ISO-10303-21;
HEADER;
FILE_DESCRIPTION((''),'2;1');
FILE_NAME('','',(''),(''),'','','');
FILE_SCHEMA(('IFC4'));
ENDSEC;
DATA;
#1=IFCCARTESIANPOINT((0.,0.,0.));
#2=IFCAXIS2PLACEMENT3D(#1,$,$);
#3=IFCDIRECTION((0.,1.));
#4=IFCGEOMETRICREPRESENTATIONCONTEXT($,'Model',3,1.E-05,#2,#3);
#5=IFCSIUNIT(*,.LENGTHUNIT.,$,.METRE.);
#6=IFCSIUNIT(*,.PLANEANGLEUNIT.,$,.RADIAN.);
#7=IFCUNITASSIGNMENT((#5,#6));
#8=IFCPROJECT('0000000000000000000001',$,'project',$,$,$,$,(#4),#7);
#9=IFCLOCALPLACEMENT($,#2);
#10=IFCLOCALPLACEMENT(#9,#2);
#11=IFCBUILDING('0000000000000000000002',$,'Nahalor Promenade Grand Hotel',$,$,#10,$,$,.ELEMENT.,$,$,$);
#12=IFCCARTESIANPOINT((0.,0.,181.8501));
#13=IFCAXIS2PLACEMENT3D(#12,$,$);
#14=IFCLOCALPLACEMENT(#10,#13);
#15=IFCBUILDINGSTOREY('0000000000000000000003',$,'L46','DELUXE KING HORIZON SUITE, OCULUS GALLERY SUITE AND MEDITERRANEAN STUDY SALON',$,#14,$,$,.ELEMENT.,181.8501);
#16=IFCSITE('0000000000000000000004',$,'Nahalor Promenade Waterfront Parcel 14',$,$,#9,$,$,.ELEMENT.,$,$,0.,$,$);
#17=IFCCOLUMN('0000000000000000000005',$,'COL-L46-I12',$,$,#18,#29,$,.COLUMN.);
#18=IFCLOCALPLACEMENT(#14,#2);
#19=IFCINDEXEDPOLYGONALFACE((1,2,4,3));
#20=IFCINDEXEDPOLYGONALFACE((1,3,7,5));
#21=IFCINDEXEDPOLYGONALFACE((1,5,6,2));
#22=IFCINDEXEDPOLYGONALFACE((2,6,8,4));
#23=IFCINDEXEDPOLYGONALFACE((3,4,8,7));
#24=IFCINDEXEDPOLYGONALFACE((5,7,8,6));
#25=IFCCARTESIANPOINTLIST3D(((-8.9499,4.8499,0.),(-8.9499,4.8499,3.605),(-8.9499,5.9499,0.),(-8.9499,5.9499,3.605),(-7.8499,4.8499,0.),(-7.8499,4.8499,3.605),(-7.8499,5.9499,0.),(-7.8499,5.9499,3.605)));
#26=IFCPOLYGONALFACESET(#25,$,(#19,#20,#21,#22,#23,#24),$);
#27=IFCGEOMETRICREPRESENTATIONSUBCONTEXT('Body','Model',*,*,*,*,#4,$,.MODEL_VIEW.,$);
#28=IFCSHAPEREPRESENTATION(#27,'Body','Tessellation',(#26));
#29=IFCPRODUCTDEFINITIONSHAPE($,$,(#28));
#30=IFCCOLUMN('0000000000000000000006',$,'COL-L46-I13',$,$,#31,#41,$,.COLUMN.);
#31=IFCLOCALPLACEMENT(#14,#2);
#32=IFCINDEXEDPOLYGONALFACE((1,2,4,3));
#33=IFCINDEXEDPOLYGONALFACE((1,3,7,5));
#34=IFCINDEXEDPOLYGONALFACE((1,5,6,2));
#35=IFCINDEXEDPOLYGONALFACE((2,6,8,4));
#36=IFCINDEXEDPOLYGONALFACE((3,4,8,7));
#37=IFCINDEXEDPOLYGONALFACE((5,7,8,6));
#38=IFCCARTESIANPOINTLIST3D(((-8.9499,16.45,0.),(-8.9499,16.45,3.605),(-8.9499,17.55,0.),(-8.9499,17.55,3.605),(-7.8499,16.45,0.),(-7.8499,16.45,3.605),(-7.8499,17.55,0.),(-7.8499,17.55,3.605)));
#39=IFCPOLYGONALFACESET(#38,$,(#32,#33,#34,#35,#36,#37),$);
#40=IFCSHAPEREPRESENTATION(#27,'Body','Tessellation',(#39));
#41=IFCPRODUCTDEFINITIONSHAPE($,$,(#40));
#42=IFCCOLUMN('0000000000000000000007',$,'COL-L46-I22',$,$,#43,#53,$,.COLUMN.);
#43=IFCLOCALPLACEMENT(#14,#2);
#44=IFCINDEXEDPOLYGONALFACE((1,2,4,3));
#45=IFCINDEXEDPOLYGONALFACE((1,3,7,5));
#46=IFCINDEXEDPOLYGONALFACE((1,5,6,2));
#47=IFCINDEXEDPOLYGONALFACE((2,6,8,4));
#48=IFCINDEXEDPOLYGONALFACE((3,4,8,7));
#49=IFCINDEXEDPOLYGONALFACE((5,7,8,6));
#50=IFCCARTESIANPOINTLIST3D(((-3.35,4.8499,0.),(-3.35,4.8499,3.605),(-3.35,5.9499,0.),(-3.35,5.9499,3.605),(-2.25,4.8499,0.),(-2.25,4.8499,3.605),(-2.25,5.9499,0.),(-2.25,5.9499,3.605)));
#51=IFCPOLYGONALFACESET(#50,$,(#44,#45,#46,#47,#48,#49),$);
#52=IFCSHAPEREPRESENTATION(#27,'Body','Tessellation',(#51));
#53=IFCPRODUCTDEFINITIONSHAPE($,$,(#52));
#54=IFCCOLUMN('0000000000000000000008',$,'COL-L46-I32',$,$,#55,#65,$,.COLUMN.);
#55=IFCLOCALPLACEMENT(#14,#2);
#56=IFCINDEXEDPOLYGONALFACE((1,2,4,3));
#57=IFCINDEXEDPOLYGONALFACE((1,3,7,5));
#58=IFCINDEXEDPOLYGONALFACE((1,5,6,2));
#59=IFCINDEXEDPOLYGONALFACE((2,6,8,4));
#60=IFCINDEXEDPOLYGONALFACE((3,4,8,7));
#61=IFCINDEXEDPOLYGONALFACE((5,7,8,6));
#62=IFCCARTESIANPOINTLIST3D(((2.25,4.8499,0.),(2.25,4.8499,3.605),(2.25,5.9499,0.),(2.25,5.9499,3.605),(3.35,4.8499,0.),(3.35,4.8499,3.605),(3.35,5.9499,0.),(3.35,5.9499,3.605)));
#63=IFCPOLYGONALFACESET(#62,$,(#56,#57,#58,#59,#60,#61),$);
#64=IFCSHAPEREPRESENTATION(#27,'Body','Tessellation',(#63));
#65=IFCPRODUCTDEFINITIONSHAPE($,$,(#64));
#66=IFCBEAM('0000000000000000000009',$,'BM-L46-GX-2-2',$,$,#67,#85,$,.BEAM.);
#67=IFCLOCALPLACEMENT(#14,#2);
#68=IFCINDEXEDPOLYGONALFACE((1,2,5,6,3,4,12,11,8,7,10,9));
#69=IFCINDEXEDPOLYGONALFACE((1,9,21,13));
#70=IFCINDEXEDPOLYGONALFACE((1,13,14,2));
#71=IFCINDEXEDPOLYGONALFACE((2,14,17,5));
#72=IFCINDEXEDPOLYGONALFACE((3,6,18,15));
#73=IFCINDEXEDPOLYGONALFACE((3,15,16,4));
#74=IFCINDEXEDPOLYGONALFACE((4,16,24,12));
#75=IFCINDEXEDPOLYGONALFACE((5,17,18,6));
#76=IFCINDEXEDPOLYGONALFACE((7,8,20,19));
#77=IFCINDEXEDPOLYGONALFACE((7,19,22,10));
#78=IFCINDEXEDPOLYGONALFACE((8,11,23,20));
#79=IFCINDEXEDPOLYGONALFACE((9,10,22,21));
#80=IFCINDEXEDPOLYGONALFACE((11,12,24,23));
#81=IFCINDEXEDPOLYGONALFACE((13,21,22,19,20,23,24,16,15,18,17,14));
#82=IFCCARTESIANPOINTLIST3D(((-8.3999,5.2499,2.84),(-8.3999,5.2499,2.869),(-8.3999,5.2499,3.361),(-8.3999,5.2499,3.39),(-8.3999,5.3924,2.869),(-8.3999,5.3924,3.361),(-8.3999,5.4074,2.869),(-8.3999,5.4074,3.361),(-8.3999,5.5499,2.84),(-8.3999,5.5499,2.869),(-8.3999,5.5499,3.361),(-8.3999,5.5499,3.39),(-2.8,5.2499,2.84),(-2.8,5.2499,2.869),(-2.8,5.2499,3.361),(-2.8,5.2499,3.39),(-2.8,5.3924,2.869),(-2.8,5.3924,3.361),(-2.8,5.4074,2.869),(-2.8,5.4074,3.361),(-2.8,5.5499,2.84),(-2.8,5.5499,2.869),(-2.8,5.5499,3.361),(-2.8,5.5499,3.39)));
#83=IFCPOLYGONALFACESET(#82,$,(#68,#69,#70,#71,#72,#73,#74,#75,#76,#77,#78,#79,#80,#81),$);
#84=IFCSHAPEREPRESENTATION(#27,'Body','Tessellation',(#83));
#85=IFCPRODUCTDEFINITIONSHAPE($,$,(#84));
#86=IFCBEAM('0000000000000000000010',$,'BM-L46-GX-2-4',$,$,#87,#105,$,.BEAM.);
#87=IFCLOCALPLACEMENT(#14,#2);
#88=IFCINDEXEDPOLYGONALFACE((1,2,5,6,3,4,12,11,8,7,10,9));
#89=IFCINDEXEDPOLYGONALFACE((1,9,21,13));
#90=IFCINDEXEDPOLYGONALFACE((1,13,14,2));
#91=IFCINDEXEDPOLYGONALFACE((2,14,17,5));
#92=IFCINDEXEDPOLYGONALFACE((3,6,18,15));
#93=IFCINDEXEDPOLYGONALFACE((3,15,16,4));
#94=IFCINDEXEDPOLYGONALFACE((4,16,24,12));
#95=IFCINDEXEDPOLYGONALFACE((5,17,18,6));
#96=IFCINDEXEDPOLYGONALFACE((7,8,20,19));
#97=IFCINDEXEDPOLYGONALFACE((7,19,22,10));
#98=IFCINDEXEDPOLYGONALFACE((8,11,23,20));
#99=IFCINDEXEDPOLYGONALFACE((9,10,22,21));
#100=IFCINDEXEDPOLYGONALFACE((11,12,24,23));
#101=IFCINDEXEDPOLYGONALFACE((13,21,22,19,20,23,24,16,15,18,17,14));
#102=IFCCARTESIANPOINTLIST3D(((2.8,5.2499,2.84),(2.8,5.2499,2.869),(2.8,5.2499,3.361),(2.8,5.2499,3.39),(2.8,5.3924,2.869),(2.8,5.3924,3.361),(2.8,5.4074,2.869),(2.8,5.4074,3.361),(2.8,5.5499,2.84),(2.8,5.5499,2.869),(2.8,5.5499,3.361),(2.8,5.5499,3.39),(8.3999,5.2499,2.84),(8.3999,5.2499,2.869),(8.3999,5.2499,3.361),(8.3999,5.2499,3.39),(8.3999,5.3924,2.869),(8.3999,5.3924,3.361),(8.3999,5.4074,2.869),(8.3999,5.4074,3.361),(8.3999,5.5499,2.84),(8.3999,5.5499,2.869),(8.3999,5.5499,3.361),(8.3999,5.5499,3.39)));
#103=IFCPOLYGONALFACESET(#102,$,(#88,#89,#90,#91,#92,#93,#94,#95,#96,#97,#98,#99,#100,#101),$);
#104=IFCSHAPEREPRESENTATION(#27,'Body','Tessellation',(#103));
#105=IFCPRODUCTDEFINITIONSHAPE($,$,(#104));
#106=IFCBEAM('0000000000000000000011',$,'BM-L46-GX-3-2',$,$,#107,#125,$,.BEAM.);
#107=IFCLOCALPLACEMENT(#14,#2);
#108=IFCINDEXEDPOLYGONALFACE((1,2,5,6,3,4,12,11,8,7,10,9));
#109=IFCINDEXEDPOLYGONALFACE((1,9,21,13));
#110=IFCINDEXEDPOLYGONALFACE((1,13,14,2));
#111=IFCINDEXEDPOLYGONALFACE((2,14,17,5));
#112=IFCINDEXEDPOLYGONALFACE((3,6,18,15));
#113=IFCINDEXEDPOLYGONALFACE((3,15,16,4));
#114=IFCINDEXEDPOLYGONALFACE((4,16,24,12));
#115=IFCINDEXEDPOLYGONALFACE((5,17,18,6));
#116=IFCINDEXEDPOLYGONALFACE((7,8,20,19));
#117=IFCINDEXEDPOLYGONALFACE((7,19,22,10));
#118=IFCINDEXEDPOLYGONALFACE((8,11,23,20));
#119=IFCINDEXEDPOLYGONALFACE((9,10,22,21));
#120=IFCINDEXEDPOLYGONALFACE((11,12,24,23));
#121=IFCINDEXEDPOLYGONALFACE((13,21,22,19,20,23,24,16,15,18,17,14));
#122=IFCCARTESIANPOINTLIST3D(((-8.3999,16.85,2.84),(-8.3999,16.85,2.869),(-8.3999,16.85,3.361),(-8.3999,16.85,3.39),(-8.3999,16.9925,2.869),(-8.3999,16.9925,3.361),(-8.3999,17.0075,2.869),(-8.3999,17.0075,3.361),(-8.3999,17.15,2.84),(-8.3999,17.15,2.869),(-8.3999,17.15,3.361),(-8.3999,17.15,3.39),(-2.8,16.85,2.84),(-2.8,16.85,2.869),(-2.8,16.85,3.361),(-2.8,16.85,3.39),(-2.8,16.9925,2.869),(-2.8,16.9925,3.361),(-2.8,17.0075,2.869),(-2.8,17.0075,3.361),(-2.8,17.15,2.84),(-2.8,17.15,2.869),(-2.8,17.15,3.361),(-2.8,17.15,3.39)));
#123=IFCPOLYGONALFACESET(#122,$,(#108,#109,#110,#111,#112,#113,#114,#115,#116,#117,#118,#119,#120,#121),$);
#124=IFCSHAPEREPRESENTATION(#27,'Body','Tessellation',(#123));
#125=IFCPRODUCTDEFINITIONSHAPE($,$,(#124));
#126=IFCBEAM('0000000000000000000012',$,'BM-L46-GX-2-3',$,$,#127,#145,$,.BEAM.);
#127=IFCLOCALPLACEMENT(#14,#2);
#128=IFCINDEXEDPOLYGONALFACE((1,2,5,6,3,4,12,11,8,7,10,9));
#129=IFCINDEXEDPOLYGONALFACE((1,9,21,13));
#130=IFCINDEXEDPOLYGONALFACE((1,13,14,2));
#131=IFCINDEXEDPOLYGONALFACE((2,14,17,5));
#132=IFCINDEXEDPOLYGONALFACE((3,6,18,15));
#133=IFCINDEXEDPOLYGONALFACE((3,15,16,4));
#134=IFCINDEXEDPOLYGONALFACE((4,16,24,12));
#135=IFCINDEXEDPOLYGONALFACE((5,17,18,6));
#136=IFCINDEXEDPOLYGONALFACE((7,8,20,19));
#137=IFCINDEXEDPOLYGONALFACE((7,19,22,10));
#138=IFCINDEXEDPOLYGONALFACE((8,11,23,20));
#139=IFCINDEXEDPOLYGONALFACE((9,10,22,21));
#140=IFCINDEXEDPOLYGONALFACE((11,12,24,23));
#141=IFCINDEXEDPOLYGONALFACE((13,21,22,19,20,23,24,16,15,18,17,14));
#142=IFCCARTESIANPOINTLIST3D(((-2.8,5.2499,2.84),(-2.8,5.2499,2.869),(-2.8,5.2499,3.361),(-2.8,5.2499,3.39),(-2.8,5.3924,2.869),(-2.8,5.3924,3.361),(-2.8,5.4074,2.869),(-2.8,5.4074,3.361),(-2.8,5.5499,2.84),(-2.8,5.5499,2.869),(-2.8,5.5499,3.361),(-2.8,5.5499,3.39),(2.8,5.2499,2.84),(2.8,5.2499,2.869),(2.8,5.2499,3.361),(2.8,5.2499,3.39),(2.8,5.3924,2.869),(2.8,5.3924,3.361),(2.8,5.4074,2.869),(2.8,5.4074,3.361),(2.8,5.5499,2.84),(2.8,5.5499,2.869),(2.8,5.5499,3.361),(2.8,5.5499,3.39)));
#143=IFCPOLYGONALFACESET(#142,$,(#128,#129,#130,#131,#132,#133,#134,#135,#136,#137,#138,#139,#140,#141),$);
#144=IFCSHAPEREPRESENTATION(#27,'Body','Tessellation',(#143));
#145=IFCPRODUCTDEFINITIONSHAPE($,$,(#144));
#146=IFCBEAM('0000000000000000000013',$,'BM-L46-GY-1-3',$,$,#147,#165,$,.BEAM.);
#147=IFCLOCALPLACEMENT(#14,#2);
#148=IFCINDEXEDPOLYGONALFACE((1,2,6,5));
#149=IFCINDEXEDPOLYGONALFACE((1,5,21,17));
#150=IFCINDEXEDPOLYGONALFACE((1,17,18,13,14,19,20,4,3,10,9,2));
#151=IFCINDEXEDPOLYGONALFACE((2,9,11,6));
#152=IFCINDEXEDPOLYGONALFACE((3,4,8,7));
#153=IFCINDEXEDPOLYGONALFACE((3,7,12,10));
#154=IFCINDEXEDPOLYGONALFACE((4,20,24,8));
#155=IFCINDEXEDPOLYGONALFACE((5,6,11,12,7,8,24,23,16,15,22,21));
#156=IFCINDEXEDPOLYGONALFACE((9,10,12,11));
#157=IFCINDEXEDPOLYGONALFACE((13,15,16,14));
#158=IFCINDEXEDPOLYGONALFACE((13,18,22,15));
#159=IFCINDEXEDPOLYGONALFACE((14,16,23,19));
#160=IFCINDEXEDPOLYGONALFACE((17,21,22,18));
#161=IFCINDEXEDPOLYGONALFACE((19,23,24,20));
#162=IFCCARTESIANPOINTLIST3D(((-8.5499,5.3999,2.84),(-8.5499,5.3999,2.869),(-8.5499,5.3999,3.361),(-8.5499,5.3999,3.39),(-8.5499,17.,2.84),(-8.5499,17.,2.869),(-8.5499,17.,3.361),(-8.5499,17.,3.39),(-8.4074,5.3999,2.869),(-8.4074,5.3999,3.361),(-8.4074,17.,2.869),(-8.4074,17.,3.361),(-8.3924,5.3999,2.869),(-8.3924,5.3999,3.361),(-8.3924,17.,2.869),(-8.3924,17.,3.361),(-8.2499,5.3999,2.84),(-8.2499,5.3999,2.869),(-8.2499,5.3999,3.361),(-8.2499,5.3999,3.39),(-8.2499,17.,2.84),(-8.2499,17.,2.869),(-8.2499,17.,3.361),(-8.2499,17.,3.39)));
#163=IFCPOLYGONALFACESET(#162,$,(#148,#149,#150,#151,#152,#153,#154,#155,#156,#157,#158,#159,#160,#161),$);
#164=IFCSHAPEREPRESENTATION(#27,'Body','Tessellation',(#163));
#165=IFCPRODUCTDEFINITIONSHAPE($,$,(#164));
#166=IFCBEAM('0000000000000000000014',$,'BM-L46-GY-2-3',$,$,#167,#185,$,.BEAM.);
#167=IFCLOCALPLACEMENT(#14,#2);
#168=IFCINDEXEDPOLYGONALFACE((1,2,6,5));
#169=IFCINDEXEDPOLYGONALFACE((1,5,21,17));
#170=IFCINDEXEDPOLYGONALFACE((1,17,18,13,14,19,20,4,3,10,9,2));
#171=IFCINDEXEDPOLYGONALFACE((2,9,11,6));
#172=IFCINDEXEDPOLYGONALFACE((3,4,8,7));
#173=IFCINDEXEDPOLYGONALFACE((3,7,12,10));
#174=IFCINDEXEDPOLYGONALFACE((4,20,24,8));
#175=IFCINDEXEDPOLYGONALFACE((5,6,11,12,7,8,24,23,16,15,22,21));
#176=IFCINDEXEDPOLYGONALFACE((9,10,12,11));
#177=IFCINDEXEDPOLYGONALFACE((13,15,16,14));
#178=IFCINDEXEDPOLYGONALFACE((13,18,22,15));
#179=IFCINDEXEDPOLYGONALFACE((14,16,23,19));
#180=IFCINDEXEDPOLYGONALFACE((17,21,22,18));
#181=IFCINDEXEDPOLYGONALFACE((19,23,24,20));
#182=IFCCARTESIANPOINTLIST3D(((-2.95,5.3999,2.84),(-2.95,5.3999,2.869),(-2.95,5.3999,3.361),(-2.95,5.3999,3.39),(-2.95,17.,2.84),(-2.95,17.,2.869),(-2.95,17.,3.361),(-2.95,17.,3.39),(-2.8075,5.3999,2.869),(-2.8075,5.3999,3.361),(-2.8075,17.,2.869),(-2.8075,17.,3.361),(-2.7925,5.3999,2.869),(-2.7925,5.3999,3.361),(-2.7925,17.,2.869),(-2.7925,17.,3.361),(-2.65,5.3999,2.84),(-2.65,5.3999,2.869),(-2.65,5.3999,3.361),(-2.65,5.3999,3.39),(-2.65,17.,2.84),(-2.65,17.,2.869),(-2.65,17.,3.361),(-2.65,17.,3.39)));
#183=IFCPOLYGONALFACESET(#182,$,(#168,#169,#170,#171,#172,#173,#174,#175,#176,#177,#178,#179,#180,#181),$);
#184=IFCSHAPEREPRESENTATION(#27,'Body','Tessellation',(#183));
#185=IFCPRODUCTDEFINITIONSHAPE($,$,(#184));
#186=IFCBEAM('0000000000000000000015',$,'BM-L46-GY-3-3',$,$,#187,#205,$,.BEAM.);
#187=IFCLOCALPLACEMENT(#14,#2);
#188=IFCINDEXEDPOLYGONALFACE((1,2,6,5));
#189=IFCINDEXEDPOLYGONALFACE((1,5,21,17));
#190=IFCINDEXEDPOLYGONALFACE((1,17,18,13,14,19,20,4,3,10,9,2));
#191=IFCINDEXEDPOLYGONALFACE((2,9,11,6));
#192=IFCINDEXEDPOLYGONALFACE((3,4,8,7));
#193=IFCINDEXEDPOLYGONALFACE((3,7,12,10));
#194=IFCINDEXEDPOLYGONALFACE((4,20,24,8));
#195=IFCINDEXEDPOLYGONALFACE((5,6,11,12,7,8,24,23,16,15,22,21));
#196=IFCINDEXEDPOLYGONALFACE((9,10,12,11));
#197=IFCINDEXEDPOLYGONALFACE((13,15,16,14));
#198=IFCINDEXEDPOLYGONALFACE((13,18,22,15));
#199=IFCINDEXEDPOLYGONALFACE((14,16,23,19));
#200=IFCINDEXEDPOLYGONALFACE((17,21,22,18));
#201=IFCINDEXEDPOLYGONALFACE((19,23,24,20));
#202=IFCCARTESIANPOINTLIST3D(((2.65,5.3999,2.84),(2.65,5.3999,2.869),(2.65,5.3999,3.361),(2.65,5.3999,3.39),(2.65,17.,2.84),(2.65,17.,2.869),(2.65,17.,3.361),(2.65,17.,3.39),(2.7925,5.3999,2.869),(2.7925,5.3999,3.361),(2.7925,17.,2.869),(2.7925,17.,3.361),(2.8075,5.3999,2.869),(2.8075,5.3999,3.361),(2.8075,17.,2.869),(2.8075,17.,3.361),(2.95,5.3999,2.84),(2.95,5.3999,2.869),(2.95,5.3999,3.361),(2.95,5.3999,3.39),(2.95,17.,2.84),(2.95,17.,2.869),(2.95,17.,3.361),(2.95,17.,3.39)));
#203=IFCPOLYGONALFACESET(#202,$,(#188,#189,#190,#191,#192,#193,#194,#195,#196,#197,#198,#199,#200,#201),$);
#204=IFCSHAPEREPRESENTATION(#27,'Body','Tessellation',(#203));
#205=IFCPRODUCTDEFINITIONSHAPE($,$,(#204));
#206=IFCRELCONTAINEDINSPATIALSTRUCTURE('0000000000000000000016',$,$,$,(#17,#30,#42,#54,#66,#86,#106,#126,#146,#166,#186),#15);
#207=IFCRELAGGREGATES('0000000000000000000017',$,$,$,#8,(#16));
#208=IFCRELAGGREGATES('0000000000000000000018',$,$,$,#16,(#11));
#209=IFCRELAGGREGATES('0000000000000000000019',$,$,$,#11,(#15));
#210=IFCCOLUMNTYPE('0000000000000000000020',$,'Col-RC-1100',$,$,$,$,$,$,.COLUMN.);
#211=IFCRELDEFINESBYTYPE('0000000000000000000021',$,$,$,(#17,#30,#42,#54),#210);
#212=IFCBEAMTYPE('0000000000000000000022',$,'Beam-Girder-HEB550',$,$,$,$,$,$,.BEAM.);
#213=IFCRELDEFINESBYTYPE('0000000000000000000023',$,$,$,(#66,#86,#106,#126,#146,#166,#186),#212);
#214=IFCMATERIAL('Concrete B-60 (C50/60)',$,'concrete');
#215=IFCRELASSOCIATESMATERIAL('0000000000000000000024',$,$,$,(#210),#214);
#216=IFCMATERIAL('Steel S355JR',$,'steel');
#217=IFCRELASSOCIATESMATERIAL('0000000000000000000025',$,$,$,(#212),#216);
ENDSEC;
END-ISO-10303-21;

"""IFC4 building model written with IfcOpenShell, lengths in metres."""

from ifc_helpers import new_model, si_unit, direction, frame, origin, origin_2d, place, context, subcontext, project, spatial, rectangle, i_section, extrude, source, transform, mapped, material, material_profile, profile_set, type_object, element, save


model = new_model("IFC4")

# Units and contexts
model_context = context("Model", 3, precision=1e-05, world=origin(), true_north=direction((0.0, 1.0)))
body_context = subcontext(model_context, "Body", "Model", "MODEL_VIEW")
ifc_project = project(units=[si_unit("LENGTHUNIT", "METRE"), si_unit("PLANEANGLEUNIT", "RADIAN")], contexts=[model_context])

# Site, building, storey
site_placement = place(None, origin())
site = spatial("IfcSite", under=ifc_project, at=site_placement, Name="Nahalor Promenade Waterfront Parcel 14", CompositionType="ELEMENT", RefElevation=0.0)
building_placement = place(site_placement, origin())
building = spatial("IfcBuilding", under=site, at=building_placement, Name="Nahalor Promenade Grand Hotel", CompositionType="ELEMENT")
storey_placement = place(building_placement, frame((0.0, 0.0, 181.8501)))
storey = spatial("IfcBuildingStorey", under=building, at=storey_placement, Name="L46", Description="DELUXE KING HORIZON SUITE, OCULUS GALLERY SUITE AND MEDITERRANEAN STUDY SALON", CompositionType="ELEMENT", Elevation=181.8501)

# Columns
ifc_material_1 = material(Name="Concrete B-60 (C50/60)", Category="concrete")
ifc_material_profile_1 = material_profile(ifc_material_1, rectangle(XDim=1.1, YDim=1.1, at=origin_2d()), Name="RC 1100x1100")
ifc_profile_set_1 = profile_set([ifc_material_profile_1], Name="Concrete B-60 (C50/60)")
column_type = type_object("IfcColumnType", Name="Col-RC-1100", PredefinedType="COLUMN", material=ifc_profile_set_1)
shared_shape_1 = source(origin(), body_context, "Body", "SweptSolid", [
    extrude(rectangle(XDim=1.1, YDim=1.1, at=origin_2d()), origin(), (0.0, 0.0, 1.0), 3.605),
])
for number, where, z_axis, x_axis, name in (
    (1, (-8.3999, 5.3999, 0.0), (0.0, 0.0, 1.0), (1.0, 0.0, 0.0), "COL-L46-I12"),
    (2, (-8.3999, 17.0, 0.0), (0.0, 0.0, 1.0), (1.0, 0.0, 0.0), "COL-L46-I13"),
    (3, (-2.8, 5.3999, 0.0), (0.0, 0.0, 1.0), (1.0, 0.0, 0.0), "COL-L46-I22"),
    (4, (2.8, 5.3999, 0.0), (0.0, 0.0, 1.0), (1.0, 0.0, 0.0), "COL-L46-I32"),
):
    element("IfcColumn", number, at=place(storey_placement, frame(where, z_axis=z_axis, x_axis=x_axis)), inside=storey, type_object=column_type, Name=name, PredefinedType="COLUMN", context=body_context, shape_type="MappedRepresentation", body=[
        mapped(shared_shape_1, transform((0.0, 0.0, 0.0), scale=1.0)),
    ])

# Beams
ifc_material_2 = material(Name="Steel S355JR", Category="steel")
ifc_material_profile_2 = material_profile(ifc_material_2, i_section(OverallWidth=0.3, OverallDepth=0.55, WebThickness=0.015, FlangeThickness=0.029, at=origin_2d()), Name="HEB 550")
ifc_profile_set_2 = profile_set([ifc_material_profile_2], Name="Steel S355JR")
beam_type_1 = type_object("IfcBeamType", Name="Beam-Girder-HEB550", PredefinedType="BEAM", material=ifc_profile_set_2)
shared_shape_2 = source(origin(), body_context, "Body", "SweptSolid", [
    extrude(i_section(OverallWidth=0.3, OverallDepth=0.55, WebThickness=0.015, FlangeThickness=0.029, at=origin_2d()), origin(), (0.0, 0.0, 1.0), 5.5999),
])
for number, where, z_axis, x_axis, name in (
    (5, (-8.3999, 5.3999, 3.115), (1.0, 0.0, 0.0), (0.0, 1.0, 0.0), "BM-L46-GX-2-2"),
    (6, (2.8, 5.3999, 3.115), (1.0, 0.0, 0.0), (0.0, 1.0, 0.0), "BM-L46-GX-2-4"),
    (7, (-8.3999, 17.0, 3.115), (1.0, 0.0, 0.0), (0.0, 1.0, 0.0), "BM-L46-GX-3-2"),
):
    element("IfcBeam", number, at=place(storey_placement, frame(where, z_axis=z_axis, x_axis=x_axis)), inside=storey, type_object=beam_type_1, Name=name, PredefinedType="BEAM", context=body_context, shape_type="MappedRepresentation", body=[
        mapped(shared_shape_2, transform((0.0, 0.0, 0.0), scale=1.0)),
    ])
shared_shape_3 = source(origin(), body_context, "Body", "SweptSolid", [
    extrude(i_section(OverallWidth=0.3, OverallDepth=0.55, WebThickness=0.015, FlangeThickness=0.029, at=origin_2d()), origin(), (0.0, 0.0, 1.0), 5.6001),
])
beam_1_placement = place(storey_placement, frame((-2.8, 5.3999, 3.115), z_axis=(1.0, 0.0, 0.0), x_axis=(0.0, 1.0, 0.0)))
element("IfcBeam", 8, at=beam_1_placement, inside=storey, type_object=beam_type_1, Name="BM-L46-GX-2-3", PredefinedType="BEAM", context=body_context, shape_type="MappedRepresentation", body=[
    mapped(shared_shape_3, transform((0.0, 0.0, 0.0), scale=1.0)),
])
shared_shape_4 = source(origin(), body_context, "Body", "SweptSolid", [
    extrude(i_section(OverallWidth=0.3, OverallDepth=0.55, WebThickness=0.015, FlangeThickness=0.029, at=origin_2d()), origin(), (0.0, 0.0, 1.0), 11.6001),
])
for number, where, z_axis, x_axis, name in (
    (9, (-8.3999, 5.3999, 3.115), (0.0, 1.0, 0.0), (-1.0, 0.0, 0.0), "BM-L46-GY-1-3"),
    (10, (-2.8, 5.3999, 3.115), (0.0, 1.0, 0.0), (-1.0, 0.0, 0.0), "BM-L46-GY-2-3"),
    (11, (2.8, 5.3999, 3.115), (0.0, 1.0, 0.0), (-1.0, 0.0, 0.0), "BM-L46-GY-3-3"),
):
    element("IfcBeam", number, at=place(storey_placement, frame(where, z_axis=z_axis, x_axis=x_axis)), inside=storey, type_object=beam_type_1, Name=name, PredefinedType="BEAM", context=body_context, shape_type="MappedRepresentation", body=[
        mapped(shared_shape_4, transform((0.0, 0.0, 0.0), scale=1.0)),
    ])

save(model, "model.ifc")
